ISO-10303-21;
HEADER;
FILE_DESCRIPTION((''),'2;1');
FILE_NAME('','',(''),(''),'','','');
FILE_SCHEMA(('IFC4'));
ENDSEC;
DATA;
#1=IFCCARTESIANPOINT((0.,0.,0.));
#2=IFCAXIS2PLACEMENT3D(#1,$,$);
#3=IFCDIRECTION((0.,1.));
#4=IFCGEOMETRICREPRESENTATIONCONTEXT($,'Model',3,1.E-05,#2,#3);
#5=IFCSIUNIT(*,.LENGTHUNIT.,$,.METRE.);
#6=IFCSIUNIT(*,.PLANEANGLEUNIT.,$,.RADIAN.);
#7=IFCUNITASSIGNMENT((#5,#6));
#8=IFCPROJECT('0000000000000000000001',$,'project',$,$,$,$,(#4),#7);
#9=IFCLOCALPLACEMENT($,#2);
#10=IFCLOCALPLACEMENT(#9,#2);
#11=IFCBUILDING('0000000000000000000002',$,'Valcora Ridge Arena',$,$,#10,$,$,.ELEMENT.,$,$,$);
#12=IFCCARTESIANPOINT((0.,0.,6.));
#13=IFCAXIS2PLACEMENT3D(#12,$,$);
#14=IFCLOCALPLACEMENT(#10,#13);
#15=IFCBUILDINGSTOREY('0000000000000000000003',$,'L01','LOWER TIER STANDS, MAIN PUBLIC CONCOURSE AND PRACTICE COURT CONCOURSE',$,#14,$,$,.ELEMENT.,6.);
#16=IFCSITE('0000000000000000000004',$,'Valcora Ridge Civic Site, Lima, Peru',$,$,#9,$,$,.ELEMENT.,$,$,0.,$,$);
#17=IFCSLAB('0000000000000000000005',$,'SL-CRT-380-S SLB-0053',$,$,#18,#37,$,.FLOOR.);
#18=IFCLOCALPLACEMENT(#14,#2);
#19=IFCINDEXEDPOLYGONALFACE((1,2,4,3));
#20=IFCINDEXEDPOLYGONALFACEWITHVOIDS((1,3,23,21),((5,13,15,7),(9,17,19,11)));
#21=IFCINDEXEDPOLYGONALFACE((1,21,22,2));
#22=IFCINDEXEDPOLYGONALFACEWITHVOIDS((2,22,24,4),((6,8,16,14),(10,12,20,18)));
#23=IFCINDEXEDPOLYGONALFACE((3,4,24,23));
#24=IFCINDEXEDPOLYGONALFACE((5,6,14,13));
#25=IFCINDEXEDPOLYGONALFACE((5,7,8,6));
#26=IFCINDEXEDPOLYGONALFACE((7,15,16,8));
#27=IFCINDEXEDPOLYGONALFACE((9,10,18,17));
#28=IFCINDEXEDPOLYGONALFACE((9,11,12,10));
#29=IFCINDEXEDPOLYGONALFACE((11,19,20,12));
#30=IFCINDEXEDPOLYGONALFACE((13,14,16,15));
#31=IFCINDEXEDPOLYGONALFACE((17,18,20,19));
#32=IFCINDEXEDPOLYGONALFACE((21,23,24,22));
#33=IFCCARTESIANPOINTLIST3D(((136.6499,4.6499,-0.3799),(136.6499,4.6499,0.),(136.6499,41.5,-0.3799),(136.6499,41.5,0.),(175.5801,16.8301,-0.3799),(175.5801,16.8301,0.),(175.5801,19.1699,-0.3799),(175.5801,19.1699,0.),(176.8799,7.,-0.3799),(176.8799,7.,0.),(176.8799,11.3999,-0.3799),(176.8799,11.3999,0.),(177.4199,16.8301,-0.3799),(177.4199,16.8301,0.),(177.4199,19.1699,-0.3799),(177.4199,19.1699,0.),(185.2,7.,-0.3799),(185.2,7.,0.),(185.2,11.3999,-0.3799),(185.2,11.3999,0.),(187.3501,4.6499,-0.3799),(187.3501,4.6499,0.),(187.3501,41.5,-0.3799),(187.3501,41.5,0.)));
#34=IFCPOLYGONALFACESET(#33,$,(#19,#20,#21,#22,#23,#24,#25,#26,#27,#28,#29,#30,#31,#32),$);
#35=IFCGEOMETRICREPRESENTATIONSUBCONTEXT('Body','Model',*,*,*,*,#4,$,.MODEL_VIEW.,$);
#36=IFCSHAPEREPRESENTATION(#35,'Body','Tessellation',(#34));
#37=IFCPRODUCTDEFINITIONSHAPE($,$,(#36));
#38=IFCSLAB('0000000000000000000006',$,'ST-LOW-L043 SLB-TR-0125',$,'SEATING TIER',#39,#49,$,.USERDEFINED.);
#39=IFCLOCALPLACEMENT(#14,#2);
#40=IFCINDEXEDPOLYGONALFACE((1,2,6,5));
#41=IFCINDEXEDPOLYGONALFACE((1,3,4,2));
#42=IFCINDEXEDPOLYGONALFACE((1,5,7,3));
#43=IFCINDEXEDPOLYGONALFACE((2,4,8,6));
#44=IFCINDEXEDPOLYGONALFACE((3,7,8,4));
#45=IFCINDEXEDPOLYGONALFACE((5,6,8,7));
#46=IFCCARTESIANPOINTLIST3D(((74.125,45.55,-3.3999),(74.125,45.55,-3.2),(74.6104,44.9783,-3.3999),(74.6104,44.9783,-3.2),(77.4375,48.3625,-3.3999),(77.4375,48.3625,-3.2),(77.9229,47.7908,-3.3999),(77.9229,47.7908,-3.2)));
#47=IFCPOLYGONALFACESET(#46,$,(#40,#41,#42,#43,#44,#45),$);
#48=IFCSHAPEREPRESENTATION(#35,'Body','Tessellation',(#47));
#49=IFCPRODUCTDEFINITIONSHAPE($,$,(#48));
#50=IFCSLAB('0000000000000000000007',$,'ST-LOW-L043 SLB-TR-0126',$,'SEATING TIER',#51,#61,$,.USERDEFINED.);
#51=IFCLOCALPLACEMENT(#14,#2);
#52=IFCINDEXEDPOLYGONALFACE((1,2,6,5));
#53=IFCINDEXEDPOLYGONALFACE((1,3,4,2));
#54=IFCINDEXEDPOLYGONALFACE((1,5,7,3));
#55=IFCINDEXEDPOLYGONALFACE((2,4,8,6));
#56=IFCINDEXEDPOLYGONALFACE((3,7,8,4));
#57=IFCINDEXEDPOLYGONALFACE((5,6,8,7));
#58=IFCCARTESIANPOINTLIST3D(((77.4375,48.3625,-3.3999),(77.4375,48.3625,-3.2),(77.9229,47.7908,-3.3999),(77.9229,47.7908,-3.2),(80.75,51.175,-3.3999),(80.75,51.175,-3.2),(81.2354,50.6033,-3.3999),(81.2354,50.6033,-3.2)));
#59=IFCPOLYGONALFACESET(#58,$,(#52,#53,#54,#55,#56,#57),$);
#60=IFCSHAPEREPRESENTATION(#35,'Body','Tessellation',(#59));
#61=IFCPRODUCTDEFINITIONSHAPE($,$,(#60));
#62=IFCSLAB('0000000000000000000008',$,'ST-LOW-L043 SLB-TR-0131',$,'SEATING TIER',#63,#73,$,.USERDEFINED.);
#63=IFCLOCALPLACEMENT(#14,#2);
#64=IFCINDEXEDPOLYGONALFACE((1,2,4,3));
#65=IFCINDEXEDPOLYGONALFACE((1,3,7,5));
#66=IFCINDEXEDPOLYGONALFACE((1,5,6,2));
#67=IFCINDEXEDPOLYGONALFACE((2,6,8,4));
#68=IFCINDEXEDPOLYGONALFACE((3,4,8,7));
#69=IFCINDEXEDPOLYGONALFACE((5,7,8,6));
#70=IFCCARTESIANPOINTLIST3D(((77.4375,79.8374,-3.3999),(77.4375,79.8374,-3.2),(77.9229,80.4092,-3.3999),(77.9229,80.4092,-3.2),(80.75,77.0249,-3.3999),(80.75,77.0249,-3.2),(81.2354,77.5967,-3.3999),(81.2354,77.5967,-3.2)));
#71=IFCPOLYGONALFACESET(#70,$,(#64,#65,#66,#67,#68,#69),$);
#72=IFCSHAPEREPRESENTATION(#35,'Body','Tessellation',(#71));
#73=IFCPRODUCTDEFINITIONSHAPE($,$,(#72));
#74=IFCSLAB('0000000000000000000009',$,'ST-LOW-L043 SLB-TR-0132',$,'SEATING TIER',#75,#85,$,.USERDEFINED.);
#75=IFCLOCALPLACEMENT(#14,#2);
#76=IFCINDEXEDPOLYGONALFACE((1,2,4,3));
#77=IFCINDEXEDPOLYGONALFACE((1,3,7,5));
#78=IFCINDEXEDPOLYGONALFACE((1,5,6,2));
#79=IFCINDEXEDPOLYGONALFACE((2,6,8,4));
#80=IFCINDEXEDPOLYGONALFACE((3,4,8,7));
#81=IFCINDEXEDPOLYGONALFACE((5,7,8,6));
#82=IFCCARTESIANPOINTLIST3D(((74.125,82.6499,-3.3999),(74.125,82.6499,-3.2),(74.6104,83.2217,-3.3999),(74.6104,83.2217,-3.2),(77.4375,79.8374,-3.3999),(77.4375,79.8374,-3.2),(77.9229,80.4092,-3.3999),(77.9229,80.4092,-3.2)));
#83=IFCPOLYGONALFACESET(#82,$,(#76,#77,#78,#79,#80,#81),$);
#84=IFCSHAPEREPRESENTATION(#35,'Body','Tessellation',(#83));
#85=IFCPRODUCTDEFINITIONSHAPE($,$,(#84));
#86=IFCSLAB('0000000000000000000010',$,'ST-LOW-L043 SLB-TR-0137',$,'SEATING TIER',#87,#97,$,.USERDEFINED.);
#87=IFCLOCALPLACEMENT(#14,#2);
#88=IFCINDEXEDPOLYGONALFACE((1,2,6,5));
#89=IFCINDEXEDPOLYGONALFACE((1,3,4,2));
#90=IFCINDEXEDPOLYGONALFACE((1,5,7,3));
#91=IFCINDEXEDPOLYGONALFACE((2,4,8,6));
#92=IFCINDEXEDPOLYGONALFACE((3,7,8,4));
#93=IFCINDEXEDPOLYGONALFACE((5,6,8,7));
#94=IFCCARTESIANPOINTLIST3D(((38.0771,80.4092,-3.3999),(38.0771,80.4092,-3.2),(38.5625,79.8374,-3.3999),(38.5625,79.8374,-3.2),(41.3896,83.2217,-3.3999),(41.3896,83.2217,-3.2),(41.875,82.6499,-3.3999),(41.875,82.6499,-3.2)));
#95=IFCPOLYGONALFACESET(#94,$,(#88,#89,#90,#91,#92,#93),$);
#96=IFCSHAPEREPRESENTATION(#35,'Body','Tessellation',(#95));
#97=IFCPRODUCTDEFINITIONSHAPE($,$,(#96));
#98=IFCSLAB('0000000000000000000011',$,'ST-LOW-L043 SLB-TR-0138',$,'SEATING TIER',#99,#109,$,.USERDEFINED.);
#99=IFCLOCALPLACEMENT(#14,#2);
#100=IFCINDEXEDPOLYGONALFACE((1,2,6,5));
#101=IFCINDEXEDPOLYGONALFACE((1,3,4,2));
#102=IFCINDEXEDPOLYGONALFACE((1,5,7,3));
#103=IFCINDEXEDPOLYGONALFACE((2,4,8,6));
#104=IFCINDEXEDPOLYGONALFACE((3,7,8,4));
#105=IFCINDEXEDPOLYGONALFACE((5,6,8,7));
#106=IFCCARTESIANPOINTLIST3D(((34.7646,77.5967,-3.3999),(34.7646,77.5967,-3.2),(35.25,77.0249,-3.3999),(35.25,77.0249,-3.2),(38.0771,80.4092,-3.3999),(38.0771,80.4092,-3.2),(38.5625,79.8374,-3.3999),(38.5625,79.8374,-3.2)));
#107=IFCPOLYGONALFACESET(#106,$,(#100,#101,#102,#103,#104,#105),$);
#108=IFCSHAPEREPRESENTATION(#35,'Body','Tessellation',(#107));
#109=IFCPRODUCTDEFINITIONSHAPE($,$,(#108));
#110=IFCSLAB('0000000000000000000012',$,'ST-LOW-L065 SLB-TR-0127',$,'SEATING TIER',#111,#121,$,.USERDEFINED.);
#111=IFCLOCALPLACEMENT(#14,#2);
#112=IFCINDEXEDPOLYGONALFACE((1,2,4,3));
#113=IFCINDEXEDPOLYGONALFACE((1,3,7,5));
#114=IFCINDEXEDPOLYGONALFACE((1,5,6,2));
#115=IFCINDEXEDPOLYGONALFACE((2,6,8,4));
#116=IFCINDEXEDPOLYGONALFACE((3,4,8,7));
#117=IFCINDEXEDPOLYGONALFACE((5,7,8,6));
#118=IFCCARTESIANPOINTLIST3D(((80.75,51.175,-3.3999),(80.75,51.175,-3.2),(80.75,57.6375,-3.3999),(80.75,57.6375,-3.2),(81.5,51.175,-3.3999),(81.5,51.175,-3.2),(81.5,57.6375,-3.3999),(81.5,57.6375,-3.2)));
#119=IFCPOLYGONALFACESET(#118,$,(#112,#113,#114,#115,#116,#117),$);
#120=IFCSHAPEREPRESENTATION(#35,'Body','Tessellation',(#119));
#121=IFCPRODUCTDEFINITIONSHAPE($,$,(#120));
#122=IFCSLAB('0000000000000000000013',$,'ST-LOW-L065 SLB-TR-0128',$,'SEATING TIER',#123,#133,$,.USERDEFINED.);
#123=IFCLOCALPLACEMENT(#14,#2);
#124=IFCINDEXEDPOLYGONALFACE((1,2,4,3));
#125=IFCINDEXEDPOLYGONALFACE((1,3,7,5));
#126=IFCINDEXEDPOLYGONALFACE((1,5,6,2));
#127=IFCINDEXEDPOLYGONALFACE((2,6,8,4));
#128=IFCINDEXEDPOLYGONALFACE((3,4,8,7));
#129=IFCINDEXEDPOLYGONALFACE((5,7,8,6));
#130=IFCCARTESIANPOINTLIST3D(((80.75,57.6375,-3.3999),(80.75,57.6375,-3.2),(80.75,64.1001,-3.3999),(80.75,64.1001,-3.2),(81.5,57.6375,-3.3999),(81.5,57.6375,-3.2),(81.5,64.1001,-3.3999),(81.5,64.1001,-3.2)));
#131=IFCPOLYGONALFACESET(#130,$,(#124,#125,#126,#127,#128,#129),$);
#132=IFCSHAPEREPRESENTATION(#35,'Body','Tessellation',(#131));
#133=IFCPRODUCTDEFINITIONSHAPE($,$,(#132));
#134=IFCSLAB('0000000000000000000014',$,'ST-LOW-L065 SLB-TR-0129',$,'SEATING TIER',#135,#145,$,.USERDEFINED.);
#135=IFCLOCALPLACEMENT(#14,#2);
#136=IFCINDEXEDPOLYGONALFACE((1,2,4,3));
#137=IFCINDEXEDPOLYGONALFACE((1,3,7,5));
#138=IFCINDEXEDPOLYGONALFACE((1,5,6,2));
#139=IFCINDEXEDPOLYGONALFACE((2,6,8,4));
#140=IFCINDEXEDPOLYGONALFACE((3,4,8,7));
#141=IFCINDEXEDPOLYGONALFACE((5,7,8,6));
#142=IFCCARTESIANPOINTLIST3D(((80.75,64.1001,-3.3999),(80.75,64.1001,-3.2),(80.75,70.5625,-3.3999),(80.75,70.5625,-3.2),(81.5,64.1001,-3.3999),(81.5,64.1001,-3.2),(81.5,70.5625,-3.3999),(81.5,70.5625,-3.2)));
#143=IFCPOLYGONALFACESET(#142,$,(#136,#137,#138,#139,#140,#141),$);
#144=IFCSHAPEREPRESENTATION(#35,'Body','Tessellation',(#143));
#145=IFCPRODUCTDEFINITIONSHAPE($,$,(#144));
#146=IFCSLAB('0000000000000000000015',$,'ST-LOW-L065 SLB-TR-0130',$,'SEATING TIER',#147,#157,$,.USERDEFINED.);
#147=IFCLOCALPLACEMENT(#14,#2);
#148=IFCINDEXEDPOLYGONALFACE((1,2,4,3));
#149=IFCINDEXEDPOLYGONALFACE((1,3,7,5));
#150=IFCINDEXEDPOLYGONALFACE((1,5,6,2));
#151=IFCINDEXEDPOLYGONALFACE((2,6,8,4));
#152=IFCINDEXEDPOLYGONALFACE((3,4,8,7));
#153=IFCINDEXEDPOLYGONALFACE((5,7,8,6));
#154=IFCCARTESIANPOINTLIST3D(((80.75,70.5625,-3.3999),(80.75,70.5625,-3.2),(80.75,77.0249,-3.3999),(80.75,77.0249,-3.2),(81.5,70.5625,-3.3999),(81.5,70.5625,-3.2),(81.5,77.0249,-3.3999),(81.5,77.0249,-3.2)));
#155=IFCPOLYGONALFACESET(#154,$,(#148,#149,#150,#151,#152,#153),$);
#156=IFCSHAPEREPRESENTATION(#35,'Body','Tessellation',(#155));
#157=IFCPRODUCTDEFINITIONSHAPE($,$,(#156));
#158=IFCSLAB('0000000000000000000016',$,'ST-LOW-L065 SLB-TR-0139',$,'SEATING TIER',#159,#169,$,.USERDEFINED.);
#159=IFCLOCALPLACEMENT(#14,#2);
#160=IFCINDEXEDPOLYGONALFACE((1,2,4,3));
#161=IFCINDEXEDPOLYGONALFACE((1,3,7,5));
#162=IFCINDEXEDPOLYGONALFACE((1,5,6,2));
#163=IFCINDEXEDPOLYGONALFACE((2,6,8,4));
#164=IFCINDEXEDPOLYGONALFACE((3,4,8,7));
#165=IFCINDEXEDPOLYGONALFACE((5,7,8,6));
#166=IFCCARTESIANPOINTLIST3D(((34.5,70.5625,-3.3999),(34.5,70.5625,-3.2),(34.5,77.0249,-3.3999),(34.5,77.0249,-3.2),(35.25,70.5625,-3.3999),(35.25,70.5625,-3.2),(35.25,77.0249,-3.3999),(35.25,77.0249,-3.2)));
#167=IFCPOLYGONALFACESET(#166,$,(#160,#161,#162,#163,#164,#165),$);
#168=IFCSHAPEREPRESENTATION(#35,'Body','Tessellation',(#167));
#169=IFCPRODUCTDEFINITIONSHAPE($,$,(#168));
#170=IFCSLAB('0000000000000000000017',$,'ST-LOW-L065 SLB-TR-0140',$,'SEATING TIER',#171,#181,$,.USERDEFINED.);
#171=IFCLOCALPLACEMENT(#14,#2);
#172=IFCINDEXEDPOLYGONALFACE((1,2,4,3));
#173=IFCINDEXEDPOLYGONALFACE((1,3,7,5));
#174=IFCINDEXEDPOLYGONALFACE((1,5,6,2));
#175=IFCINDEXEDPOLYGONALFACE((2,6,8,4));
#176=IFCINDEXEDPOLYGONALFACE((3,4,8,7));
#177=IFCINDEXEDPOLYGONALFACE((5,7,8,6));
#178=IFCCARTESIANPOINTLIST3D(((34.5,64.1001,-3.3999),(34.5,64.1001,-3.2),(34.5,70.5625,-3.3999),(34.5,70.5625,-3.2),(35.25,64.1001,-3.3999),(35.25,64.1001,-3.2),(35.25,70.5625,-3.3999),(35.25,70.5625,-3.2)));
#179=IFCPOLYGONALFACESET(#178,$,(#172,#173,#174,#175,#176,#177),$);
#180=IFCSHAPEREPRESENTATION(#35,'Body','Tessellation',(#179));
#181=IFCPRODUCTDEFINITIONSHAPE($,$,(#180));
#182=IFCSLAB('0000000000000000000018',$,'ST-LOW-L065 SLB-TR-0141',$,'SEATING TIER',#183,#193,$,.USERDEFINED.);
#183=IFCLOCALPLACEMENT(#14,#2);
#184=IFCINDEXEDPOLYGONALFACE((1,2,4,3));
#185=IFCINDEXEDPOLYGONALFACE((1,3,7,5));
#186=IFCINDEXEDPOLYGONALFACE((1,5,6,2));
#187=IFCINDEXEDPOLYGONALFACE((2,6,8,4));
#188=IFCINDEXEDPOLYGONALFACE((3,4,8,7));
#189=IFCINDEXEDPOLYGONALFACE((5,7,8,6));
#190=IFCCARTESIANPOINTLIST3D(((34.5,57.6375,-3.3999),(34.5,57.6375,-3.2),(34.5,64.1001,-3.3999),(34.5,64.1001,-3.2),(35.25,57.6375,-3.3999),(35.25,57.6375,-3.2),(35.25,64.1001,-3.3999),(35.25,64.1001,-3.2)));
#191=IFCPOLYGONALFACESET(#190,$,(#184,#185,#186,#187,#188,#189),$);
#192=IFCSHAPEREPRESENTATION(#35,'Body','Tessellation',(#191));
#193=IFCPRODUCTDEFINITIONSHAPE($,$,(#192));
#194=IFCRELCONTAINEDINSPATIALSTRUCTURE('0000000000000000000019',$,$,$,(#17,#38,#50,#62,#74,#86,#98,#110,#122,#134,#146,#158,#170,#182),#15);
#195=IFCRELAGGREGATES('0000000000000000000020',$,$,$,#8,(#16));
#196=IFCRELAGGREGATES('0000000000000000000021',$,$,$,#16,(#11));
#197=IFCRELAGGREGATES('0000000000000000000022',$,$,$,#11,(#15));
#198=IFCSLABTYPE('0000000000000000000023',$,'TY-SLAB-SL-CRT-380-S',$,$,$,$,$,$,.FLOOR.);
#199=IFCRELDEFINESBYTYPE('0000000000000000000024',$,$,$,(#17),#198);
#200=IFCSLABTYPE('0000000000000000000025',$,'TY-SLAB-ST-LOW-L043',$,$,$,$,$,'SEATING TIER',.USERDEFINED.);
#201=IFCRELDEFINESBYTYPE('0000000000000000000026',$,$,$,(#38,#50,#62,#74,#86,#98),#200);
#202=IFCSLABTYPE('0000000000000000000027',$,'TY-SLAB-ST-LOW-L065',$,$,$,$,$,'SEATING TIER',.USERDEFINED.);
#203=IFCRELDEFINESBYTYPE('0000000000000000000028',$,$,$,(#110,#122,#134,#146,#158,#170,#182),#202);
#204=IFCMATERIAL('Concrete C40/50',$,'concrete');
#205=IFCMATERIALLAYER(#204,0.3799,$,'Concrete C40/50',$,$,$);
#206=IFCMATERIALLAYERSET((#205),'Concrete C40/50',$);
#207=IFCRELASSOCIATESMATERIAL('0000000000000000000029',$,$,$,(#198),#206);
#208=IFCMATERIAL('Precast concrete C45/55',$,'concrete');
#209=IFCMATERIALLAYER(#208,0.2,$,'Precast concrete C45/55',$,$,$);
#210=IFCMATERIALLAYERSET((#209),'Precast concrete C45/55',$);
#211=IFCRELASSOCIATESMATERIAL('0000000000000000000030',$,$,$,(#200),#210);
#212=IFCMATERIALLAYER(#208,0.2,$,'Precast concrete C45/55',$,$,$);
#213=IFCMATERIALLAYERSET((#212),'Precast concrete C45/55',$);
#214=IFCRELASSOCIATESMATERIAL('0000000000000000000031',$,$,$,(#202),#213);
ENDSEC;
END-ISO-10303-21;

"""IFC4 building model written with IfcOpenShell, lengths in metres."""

from ifc_helpers import new_model, si_unit, direction, frame, origin, place, context, subcontext, project, spatial, polyline, outline, extrude, material, layer, layer_set, type_object, element, save


model = new_model("IFC4")

# Units and contexts
model_context = context("Model", 3, precision=1e-05, world=origin(), true_north=direction((0.0, 1.0)))
body_context = subcontext(model_context, "Body", "Model", "MODEL_VIEW")
ifc_project = project(units=[si_unit("LENGTHUNIT", "METRE"), si_unit("PLANEANGLEUNIT", "RADIAN")], contexts=[model_context])

# Site, building, storey
site_placement = place(None, origin())
site = spatial("IfcSite", under=ifc_project, at=site_placement, Name="Valcora Ridge Civic Site, Lima, Peru", CompositionType="ELEMENT", RefElevation=0.0)
building_placement = place(site_placement, origin())
building = spatial("IfcBuilding", under=site, at=building_placement, Name="Valcora Ridge Arena", CompositionType="ELEMENT")
storey_placement = place(building_placement, frame((0.0, 0.0, 6.0)))
storey = spatial("IfcBuildingStorey", under=building, at=storey_placement, Name="L01", Description="LOWER TIER STANDS, MAIN PUBLIC CONCOURSE AND PRACTICE COURT CONCOURSE", CompositionType="ELEMENT", Elevation=6.0)

# Slabs
ifc_material_1 = material(Name="Concrete C40/50", Category="concrete")
ifc_layer_1 = layer(ifc_material_1, 0.3799, Name="Concrete C40/50")
ifc_layer_set_1 = layer_set([ifc_layer_1], Name="Concrete C40/50")
slab_type_1 = type_object("IfcSlabType", Name="TY-SLAB-SL-CRT-380-S", PredefinedType="FLOOR", material=ifc_layer_set_1)
slab_1_placement = place(storey_placement, frame((0.0, 0.0, -0.3799)))
element("IfcSlab", 1, at=slab_1_placement, inside=storey, type_object=slab_type_1, Name="SL-CRT-380-S SLB-0053", PredefinedType="FLOOR", context=body_context, shape_type="SweptSolid", body=[
    extrude(outline(polyline([(136.6499, 4.6499), (187.3501, 4.6499), (187.3501, 41.5), (136.6499, 41.5), (136.6499, 4.6499)]), holes=[polyline([(185.2, 11.3999), (176.8799, 11.3999), (176.8799, 7.0), (185.2, 7.0), (185.2, 11.3999)]), polyline([(177.4199, 19.1699), (175.5801, 19.1699), (175.5801, 16.8301), (177.4199, 16.8301), (177.4199, 19.1699)])]), origin(), (0.0, 0.0, 1.0), 0.3799),
])
ifc_material_2 = material(Name="Precast concrete C45/55", Category="concrete")
ifc_layer_2 = layer(ifc_material_2, 0.2, Name="Precast concrete C45/55")
ifc_layer_set_2 = layer_set([ifc_layer_2], Name="Precast concrete C45/55")
slab_type_2 = type_object("IfcSlabType", Name="TY-SLAB-ST-LOW-L043", ElementType="SEATING TIER", PredefinedType="USERDEFINED", material=ifc_layer_set_2)
slab_2_placement = place(storey_placement, frame((0.0, 0.0, -3.3999)))
element("IfcSlab", 2, at=slab_2_placement, inside=storey, type_object=slab_type_2, Name="ST-LOW-L043 SLB-TR-0125", ObjectType="SEATING TIER", PredefinedType="USERDEFINED", context=body_context, shape_type="SweptSolid", body=[
    extrude(outline(polyline([(74.125, 45.55), (77.4375, 48.3625), (77.9229, 47.7908), (74.6104, 44.9783), (74.125, 45.55)])), origin(), (0.0, 0.0, 1.0), 0.2),
])
slab_3_placement = place(storey_placement, frame((0.0, 0.0, -3.3999)))
element("IfcSlab", 3, at=slab_3_placement, inside=storey, type_object=slab_type_2, Name="ST-LOW-L043 SLB-TR-0126", ObjectType="SEATING TIER", PredefinedType="USERDEFINED", context=body_context, shape_type="SweptSolid", body=[
    extrude(outline(polyline([(77.4375, 48.3625), (80.75, 51.175), (81.2354, 50.6033), (77.9229, 47.7908), (77.4375, 48.3625)])), origin(), (0.0, 0.0, 1.0), 0.2),
])
slab_4_placement = place(storey_placement, frame((0.0, 0.0, -3.3999)))
element("IfcSlab", 4, at=slab_4_placement, inside=storey, type_object=slab_type_2, Name="ST-LOW-L043 SLB-TR-0131", ObjectType="SEATING TIER", PredefinedType="USERDEFINED", context=body_context, shape_type="SweptSolid", body=[
    extrude(outline(polyline([(80.75, 77.0249), (77.4375, 79.8374), (77.9229, 80.4092), (81.2354, 77.5967), (80.75, 77.0249)])), origin(), (0.0, 0.0, 1.0), 0.2),
])
slab_5_placement = place(storey_placement, frame((0.0, 0.0, -3.3999)))
element("IfcSlab", 5, at=slab_5_placement, inside=storey, type_object=slab_type_2, Name="ST-LOW-L043 SLB-TR-0132", ObjectType="SEATING TIER", PredefinedType="USERDEFINED", context=body_context, shape_type="SweptSolid", body=[
    extrude(outline(polyline([(77.4375, 79.8374), (74.125, 82.6499), (74.6104, 83.2217), (77.9229, 80.4092), (77.4375, 79.8374)])), origin(), (0.0, 0.0, 1.0), 0.2),
])
slab_6_placement = place(storey_placement, frame((0.0, 0.0, -3.3999)))
element("IfcSlab", 6, at=slab_6_placement, inside=storey, type_object=slab_type_2, Name="ST-LOW-L043 SLB-TR-0137", ObjectType="SEATING TIER", PredefinedType="USERDEFINED", context=body_context, shape_type="SweptSolid", body=[
    extrude(outline(polyline([(41.875, 82.6499), (38.5625, 79.8374), (38.0771, 80.4092), (41.3896, 83.2217), (41.875, 82.6499)])), origin(), (0.0, 0.0, 1.0), 0.2),
])
slab_7_placement = place(storey_placement, frame((0.0, 0.0, -3.3999)))
element("IfcSlab", 7, at=slab_7_placement, inside=storey, type_object=slab_type_2, Name="ST-LOW-L043 SLB-TR-0138", ObjectType="SEATING TIER", PredefinedType="USERDEFINED", context=body_context, shape_type="SweptSolid", body=[
    extrude(outline(polyline([(38.5625, 79.8374), (35.25, 77.0249), (34.7646, 77.5967), (38.0771, 80.4092), (38.5625, 79.8374)])), origin(), (0.0, 0.0, 1.0), 0.2),
])
ifc_layer_3 = layer(ifc_material_2, 0.2, Name="Precast concrete C45/55")
ifc_layer_set_3 = layer_set([ifc_layer_3], Name="Precast concrete C45/55")
slab_type_3 = type_object("IfcSlabType", Name="TY-SLAB-ST-LOW-L065", ElementType="SEATING TIER", PredefinedType="USERDEFINED", material=ifc_layer_set_3)
slab_8_placement = place(storey_placement, frame((0.0, 0.0, -3.3999)))
element("IfcSlab", 8, at=slab_8_placement, inside=storey, type_object=slab_type_3, Name="ST-LOW-L065 SLB-TR-0127", ObjectType="SEATING TIER", PredefinedType="USERDEFINED", context=body_context, shape_type="SweptSolid", body=[
    extrude(outline(polyline([(80.75, 51.175), (80.75, 57.6375), (81.5, 57.6375), (81.5, 51.175), (80.75, 51.175)])), origin(), (0.0, 0.0, 1.0), 0.2),
])
slab_9_placement = place(storey_placement, frame((0.0, 0.0, -3.3999)))
element("IfcSlab", 9, at=slab_9_placement, inside=storey, type_object=slab_type_3, Name="ST-LOW-L065 SLB-TR-0128", ObjectType="SEATING TIER", PredefinedType="USERDEFINED", context=body_context, shape_type="SweptSolid", body=[
    extrude(outline(polyline([(80.75, 57.6375), (80.75, 64.1001), (81.5, 64.1001), (81.5, 57.6375), (80.75, 57.6375)])), origin(), (0.0, 0.0, 1.0), 0.2),
])
slab_10_placement = place(storey_placement, frame((0.0, 0.0, -3.3999)))
element("IfcSlab", 10, at=slab_10_placement, inside=storey, type_object=slab_type_3, Name="ST-LOW-L065 SLB-TR-0129", ObjectType="SEATING TIER", PredefinedType="USERDEFINED", context=body_context, shape_type="SweptSolid", body=[
    extrude(outline(polyline([(80.75, 64.1001), (80.75, 70.5625), (81.5, 70.5625), (81.5, 64.1001), (80.75, 64.1001)])), origin(), (0.0, 0.0, 1.0), 0.2),
])
slab_11_placement = place(storey_placement, frame((0.0, 0.0, -3.3999)))
element("IfcSlab", 11, at=slab_11_placement, inside=storey, type_object=slab_type_3, Name="ST-LOW-L065 SLB-TR-0130", ObjectType="SEATING TIER", PredefinedType="USERDEFINED", context=body_context, shape_type="SweptSolid", body=[
    extrude(outline(polyline([(80.75, 70.5625), (80.75, 77.0249), (81.5, 77.0249), (81.5, 70.5625), (80.75, 70.5625)])), origin(), (0.0, 0.0, 1.0), 0.2),
])
slab_12_placement = place(storey_placement, frame((0.0, 0.0, -3.3999)))
element("IfcSlab", 12, at=slab_12_placement, inside=storey, type_object=slab_type_3, Name="ST-LOW-L065 SLB-TR-0139", ObjectType="SEATING TIER", PredefinedType="USERDEFINED", context=body_context, shape_type="SweptSolid", body=[
    extrude(outline(polyline([(35.25, 77.0249), (35.25, 70.5625), (34.5, 70.5625), (34.5, 77.0249), (35.25, 77.0249)])), origin(), (0.0, 0.0, 1.0), 0.2),
])
slab_13_placement = place(storey_placement, frame((0.0, 0.0, -3.3999)))
element("IfcSlab", 13, at=slab_13_placement, inside=storey, type_object=slab_type_3, Name="ST-LOW-L065 SLB-TR-0140", ObjectType="SEATING TIER", PredefinedType="USERDEFINED", context=body_context, shape_type="SweptSolid", body=[
    extrude(outline(polyline([(35.25, 70.5625), (35.25, 64.1001), (34.5, 64.1001), (34.5, 70.5625), (35.25, 70.5625)])), origin(), (0.0, 0.0, 1.0), 0.2),
])
slab_14_placement = place(storey_placement, frame((0.0, 0.0, -3.3999)))
element("IfcSlab", 14, at=slab_14_placement, inside=storey, type_object=slab_type_3, Name="ST-LOW-L065 SLB-TR-0141", ObjectType="SEATING TIER", PredefinedType="USERDEFINED", context=body_context, shape_type="SweptSolid", body=[
    extrude(outline(polyline([(35.25, 64.1001), (35.25, 57.6375), (34.5, 57.6375), (34.5, 64.1001), (35.25, 64.1001)])), origin(), (0.0, 0.0, 1.0), 0.2),
])

save(model, "model.ifc")
